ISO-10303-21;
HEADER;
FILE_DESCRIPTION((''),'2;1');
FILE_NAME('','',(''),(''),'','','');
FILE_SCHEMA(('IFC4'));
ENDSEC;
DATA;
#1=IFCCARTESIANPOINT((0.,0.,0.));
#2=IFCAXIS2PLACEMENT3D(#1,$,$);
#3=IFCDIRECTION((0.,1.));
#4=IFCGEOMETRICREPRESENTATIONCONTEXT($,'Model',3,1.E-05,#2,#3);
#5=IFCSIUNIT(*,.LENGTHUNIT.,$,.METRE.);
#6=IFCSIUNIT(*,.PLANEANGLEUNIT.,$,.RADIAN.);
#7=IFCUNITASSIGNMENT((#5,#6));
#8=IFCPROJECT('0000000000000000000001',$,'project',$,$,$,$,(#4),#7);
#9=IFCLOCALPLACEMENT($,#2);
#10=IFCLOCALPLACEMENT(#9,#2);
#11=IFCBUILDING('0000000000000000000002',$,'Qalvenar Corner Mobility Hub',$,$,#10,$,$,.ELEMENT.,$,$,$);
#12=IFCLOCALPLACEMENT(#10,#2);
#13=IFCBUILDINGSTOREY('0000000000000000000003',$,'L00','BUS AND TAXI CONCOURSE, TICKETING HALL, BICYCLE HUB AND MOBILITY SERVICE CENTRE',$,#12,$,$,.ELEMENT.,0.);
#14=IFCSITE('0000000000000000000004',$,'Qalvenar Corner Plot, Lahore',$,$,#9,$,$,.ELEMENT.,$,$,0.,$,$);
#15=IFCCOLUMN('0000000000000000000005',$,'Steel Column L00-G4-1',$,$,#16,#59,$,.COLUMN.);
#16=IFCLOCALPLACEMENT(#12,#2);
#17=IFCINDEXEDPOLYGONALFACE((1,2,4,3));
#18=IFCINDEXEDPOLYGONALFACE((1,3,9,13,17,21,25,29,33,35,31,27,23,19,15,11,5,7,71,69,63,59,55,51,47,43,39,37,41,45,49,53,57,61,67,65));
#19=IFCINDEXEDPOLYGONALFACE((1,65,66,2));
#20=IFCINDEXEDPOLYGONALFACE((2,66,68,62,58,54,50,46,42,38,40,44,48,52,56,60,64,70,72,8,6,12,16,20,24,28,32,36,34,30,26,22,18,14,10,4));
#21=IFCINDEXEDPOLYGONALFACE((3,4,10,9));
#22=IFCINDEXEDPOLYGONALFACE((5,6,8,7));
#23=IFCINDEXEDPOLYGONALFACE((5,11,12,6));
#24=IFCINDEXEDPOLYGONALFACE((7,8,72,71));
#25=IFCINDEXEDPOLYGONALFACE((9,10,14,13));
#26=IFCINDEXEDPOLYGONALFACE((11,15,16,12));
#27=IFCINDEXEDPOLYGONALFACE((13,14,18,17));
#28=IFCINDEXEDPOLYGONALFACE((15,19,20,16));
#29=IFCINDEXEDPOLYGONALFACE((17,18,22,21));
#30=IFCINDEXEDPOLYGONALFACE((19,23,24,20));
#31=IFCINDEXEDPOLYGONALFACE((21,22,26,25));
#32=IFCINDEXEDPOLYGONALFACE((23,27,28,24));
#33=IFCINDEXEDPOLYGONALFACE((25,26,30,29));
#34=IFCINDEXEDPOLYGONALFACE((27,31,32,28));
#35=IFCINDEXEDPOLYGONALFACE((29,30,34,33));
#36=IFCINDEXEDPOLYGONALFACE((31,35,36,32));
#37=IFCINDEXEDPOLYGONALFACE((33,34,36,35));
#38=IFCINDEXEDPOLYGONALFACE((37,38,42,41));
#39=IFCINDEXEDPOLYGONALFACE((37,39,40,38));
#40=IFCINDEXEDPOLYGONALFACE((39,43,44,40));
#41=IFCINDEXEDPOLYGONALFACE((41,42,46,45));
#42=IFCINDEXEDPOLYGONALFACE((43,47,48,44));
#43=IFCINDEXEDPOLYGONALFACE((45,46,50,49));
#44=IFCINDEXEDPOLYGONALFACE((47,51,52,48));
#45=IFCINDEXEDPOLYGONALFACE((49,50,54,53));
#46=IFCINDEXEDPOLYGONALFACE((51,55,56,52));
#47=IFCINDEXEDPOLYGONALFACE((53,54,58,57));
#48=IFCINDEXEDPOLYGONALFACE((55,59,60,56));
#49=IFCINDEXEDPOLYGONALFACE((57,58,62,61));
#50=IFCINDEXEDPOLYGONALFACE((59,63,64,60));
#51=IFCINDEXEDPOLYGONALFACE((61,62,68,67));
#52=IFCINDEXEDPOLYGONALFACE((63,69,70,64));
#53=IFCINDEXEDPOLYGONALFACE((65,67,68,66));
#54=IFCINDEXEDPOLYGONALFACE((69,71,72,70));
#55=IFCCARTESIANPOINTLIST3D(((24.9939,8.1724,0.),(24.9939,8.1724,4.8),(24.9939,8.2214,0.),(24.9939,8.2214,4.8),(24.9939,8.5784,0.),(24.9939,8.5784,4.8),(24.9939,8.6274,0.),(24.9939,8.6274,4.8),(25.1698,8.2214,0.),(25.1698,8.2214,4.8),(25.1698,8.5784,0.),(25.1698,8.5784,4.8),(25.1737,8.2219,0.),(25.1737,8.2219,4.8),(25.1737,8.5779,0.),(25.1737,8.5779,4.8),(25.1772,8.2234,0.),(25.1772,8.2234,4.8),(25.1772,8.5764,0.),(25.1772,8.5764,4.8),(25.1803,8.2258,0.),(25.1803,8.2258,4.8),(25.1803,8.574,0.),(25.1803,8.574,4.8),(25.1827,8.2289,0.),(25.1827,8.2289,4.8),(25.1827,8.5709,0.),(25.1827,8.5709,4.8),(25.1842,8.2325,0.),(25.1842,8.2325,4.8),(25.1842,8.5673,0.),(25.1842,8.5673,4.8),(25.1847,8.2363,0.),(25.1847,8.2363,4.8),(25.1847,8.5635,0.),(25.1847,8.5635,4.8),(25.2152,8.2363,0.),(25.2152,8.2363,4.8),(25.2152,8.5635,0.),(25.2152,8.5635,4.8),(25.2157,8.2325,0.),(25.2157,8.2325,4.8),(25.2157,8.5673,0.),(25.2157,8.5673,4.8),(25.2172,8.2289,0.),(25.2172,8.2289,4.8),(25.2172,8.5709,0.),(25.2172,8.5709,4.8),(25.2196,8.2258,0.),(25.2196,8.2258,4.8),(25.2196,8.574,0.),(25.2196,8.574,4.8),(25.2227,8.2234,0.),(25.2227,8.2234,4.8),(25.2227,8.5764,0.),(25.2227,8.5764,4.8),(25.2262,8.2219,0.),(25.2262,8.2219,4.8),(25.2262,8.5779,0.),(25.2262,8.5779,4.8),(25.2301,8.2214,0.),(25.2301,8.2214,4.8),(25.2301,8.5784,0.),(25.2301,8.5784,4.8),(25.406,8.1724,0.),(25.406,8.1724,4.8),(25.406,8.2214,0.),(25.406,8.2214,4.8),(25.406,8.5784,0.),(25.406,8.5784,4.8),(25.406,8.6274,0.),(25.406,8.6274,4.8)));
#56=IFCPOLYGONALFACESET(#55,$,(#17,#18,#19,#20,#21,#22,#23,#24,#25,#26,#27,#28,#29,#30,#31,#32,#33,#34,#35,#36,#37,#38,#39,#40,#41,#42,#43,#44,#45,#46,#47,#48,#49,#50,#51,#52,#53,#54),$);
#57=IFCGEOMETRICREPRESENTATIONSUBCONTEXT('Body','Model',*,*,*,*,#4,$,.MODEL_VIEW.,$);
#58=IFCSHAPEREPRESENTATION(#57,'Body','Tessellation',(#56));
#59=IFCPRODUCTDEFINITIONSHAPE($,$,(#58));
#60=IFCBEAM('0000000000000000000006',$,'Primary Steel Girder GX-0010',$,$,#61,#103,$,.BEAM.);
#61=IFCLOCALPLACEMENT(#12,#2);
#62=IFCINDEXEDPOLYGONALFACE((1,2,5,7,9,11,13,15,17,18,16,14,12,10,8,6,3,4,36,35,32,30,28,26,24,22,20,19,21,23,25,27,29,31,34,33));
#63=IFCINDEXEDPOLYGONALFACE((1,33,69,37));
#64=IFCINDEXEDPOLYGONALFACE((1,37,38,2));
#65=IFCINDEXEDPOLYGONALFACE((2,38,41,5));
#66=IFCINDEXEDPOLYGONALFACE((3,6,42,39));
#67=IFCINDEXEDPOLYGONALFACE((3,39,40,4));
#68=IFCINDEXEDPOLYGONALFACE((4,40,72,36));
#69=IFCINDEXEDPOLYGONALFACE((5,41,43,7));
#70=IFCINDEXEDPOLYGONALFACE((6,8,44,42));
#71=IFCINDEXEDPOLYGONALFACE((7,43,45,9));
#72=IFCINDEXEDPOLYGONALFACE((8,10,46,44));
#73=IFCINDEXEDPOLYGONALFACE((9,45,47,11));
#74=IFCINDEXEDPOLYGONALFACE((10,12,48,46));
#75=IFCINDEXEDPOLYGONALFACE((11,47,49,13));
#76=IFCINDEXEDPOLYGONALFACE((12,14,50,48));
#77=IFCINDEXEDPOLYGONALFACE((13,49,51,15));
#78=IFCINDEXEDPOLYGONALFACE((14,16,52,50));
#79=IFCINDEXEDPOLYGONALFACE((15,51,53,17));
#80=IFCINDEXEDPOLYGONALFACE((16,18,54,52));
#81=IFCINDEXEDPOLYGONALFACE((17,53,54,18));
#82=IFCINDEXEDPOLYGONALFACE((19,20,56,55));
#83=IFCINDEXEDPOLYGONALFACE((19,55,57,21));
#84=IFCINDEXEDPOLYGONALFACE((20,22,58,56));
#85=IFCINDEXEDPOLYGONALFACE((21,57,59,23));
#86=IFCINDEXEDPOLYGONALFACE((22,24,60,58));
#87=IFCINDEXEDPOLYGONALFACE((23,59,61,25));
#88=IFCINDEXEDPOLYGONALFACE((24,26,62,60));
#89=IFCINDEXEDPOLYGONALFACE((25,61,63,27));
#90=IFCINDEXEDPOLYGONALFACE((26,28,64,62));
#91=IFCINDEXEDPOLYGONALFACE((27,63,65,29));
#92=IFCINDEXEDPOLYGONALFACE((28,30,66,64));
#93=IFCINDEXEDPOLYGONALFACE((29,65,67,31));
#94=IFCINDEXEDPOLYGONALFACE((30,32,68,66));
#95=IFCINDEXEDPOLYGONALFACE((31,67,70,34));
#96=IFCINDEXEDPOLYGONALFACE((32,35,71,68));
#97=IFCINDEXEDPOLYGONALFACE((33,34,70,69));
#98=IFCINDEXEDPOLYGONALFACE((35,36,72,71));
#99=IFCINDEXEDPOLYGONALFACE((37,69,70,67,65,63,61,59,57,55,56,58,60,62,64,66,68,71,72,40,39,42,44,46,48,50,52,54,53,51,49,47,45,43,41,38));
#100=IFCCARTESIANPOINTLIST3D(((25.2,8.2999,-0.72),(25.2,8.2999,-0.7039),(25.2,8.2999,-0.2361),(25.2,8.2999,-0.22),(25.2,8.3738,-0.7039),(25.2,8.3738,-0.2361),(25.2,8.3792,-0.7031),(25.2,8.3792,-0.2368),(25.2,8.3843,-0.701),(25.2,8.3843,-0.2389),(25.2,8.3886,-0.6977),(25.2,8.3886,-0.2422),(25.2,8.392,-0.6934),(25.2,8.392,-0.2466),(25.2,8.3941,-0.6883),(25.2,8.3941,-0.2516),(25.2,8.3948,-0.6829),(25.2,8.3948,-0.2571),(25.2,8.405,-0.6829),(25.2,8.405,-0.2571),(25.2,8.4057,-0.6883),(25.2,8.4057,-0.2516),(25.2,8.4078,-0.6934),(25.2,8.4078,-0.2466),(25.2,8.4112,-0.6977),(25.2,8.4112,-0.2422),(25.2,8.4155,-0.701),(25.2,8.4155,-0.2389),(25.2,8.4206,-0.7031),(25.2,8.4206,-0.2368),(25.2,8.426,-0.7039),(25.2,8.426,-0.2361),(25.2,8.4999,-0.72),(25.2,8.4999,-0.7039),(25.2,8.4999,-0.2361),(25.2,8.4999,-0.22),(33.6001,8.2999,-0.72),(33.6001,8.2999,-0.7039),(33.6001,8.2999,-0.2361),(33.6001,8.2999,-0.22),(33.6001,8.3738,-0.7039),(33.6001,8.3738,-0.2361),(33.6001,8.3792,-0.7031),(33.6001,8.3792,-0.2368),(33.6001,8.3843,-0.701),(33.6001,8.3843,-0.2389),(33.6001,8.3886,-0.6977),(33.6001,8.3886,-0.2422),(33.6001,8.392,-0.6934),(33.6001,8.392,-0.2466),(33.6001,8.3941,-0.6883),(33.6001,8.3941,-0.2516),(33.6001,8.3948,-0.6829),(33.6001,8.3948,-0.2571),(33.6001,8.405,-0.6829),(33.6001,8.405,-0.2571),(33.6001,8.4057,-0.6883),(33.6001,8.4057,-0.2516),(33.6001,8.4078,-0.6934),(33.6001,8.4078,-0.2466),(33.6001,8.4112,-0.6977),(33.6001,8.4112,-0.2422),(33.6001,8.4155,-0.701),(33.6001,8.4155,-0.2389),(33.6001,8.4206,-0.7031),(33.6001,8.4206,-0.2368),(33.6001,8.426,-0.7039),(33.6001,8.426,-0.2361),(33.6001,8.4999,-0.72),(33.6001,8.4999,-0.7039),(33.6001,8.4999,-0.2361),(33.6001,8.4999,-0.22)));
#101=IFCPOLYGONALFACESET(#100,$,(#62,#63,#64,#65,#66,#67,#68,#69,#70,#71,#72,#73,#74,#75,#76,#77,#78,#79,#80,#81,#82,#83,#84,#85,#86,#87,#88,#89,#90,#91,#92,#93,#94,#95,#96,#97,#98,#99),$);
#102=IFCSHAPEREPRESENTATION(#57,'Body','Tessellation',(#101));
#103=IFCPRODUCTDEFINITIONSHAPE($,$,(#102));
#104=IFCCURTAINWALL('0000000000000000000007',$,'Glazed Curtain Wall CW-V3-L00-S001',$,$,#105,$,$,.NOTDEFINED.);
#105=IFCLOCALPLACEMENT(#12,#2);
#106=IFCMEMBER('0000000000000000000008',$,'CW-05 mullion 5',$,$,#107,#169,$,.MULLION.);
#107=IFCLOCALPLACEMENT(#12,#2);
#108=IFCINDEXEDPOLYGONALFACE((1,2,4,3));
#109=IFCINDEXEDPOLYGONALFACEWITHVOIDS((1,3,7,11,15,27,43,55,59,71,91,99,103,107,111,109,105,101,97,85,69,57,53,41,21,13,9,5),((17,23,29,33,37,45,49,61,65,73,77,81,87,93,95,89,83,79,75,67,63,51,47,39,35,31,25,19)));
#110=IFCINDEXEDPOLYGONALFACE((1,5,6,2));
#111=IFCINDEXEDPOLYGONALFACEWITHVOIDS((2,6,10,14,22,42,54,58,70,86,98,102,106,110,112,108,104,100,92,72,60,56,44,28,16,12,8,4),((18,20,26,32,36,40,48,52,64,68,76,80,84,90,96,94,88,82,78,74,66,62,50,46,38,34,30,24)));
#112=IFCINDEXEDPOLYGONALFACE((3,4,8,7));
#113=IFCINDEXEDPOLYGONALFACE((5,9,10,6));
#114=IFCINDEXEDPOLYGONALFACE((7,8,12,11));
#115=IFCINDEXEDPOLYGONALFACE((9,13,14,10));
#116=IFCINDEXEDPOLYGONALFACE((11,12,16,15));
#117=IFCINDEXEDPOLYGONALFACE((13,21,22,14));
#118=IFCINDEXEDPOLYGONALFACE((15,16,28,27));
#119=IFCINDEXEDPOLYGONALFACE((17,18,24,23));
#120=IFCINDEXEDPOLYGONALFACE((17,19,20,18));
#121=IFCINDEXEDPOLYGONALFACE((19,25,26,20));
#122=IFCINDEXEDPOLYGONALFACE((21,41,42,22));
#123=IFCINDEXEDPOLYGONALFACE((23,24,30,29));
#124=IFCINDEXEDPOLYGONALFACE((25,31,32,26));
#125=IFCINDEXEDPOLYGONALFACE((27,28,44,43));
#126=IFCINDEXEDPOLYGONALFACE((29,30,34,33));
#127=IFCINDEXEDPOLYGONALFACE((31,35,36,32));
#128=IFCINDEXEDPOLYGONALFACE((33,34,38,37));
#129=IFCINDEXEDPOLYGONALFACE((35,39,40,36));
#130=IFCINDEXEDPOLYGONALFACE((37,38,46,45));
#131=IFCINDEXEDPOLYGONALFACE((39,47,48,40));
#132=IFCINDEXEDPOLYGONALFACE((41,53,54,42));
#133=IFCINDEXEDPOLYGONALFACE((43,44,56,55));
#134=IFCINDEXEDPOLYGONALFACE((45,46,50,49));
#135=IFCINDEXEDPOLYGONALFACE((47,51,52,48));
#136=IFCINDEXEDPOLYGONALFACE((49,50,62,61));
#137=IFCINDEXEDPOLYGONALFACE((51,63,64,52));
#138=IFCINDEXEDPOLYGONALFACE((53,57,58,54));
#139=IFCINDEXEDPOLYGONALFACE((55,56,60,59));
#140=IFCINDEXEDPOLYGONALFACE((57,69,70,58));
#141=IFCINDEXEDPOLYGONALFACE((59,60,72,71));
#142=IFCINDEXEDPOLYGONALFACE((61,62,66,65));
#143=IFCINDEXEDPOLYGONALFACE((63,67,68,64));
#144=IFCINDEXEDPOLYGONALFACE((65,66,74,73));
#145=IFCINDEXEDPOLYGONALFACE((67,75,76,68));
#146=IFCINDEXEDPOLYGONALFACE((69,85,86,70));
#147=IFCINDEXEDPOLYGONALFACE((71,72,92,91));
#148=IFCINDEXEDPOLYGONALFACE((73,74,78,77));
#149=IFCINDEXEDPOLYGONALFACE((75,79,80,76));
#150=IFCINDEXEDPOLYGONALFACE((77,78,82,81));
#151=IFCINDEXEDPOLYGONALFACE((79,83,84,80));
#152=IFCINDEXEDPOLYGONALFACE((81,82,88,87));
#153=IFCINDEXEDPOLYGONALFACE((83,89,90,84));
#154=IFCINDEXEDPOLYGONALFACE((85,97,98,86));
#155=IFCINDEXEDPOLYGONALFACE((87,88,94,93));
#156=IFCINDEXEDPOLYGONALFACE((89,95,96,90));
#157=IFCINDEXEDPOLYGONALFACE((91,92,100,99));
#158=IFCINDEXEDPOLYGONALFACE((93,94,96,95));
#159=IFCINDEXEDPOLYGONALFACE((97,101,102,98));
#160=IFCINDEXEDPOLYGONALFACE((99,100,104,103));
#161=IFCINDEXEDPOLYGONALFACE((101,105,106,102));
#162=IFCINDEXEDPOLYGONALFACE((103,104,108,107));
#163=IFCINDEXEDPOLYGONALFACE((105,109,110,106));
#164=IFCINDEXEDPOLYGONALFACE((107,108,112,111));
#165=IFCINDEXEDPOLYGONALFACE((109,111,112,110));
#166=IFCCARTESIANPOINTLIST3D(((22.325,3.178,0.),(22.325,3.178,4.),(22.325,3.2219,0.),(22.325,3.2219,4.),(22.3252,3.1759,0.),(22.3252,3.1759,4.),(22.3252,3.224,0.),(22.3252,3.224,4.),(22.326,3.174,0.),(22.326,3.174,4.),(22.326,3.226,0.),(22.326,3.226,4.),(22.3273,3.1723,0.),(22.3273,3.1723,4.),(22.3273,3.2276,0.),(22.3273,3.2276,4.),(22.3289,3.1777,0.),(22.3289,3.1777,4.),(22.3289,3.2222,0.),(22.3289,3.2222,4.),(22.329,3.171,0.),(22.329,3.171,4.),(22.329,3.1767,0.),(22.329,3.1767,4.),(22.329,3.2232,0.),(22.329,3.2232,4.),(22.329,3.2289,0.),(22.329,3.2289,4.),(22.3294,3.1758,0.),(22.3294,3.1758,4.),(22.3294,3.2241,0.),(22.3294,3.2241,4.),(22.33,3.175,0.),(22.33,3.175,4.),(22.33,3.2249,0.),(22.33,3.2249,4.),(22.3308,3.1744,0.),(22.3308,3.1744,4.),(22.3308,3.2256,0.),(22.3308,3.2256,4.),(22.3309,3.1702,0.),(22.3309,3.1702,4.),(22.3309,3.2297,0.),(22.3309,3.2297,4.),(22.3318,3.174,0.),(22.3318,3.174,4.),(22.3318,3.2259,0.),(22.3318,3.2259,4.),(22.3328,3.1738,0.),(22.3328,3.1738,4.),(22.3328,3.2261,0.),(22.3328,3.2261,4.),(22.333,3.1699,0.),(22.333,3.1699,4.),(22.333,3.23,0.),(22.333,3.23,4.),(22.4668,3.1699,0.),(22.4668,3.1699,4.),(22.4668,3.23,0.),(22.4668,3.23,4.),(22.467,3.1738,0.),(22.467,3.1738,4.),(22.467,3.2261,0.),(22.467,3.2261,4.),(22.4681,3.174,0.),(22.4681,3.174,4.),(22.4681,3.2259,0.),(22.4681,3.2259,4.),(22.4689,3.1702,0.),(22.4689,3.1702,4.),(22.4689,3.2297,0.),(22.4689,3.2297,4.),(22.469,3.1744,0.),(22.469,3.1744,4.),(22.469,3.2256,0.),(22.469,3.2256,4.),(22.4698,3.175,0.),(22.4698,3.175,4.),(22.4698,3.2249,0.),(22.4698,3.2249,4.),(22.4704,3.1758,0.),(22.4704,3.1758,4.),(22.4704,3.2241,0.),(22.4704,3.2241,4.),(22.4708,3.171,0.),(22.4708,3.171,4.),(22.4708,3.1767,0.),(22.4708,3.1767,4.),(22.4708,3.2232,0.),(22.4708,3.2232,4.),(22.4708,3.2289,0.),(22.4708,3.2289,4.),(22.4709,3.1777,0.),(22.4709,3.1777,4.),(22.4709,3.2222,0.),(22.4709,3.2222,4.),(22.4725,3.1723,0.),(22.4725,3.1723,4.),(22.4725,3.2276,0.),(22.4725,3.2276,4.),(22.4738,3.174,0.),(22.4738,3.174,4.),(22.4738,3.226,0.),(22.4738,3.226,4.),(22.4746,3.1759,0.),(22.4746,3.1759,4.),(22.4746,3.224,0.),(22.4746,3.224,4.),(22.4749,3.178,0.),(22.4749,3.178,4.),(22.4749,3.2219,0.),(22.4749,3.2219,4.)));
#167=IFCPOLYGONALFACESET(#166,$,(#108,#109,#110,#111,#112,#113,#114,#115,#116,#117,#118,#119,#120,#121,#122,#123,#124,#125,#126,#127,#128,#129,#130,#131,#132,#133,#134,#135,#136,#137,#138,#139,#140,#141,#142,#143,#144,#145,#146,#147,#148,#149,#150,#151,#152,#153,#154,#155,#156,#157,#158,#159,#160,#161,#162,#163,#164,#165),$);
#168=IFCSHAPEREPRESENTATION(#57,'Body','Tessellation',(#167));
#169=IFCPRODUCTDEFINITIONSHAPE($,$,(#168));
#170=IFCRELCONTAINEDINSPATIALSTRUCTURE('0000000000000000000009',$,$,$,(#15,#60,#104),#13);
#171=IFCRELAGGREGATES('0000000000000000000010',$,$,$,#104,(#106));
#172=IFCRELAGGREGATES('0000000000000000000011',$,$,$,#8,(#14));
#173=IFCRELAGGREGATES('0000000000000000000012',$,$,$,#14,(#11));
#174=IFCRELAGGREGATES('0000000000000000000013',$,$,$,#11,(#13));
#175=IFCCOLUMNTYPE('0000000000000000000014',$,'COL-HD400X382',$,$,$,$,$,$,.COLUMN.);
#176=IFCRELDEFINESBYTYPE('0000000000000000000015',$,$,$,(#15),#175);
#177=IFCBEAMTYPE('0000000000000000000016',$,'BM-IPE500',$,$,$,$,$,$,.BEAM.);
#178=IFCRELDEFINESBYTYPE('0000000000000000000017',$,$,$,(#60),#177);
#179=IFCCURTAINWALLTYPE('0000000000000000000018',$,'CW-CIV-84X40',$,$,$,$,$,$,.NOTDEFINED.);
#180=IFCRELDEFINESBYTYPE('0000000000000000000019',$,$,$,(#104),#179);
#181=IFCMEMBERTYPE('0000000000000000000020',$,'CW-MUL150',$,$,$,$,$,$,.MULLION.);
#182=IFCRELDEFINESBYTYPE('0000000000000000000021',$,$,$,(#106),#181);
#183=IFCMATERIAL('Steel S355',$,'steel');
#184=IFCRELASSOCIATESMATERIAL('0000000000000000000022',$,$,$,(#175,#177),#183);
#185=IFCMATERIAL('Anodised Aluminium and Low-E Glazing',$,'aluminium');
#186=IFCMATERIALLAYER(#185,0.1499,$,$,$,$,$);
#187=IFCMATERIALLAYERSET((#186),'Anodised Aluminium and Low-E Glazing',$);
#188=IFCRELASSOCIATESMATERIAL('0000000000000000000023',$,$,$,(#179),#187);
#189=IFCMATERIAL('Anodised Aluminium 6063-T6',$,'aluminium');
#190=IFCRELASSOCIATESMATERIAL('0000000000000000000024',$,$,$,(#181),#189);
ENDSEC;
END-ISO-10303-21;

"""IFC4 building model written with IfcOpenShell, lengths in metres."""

from ifc_helpers import new_model, si_unit, direction, frame, origin, origin_2d, place, context, subcontext, project, spatial, hollow_rectangle, i_section, extrude, material, layer, layer_set, material_profile, profile_set, type_object, element, aggregate, save


model = new_model("IFC4")

# Units and contexts
model_context = context("Model", 3, precision=1e-05, world=origin(), true_north=direction((0.0, 1.0)))
body_context = subcontext(model_context, "Body", "Model", "MODEL_VIEW")
ifc_project = project(units=[si_unit("LENGTHUNIT", "METRE"), si_unit("PLANEANGLEUNIT", "RADIAN")], contexts=[model_context])

# Site, building, storey
site_placement = place(None, origin())
site = spatial("IfcSite", under=ifc_project, at=site_placement, Name="Qalvenar Corner Plot, Lahore", CompositionType="ELEMENT", RefElevation=0.0)
building_placement = place(site_placement, origin())
building = spatial("IfcBuilding", under=site, at=building_placement, Name="Qalvenar Corner Mobility Hub", CompositionType="ELEMENT")
storey_placement = place(building_placement, origin())
storey = spatial("IfcBuildingStorey", under=building, at=storey_placement, Name="L00", Description="BUS AND TAXI CONCOURSE, TICKETING HALL, BICYCLE HUB AND MOBILITY SERVICE CENTRE", CompositionType="ELEMENT", Elevation=0.0)

# Column
ifc_material_1 = material(Name="Steel S355", Category="steel")
ifc_material_profile_1 = material_profile(ifc_material_1, i_section(OverallWidth=0.4121, OverallDepth=0.4551, WebThickness=0.0305, FlangeThickness=0.0491, FilletRadius=0.0149, at=origin_2d()), Name="HD400x421")
ifc_profile_set_1 = profile_set([ifc_material_profile_1], Name="Steel S355")
column_type = type_object("IfcColumnType", Name="COL-HD400X382", PredefinedType="COLUMN", material=ifc_profile_set_1)
column_placement = place(storey_placement, frame((25.2, 8.3999, 0.0), z_axis=(0.0, 0.0, 1.0), x_axis=(1.0, 0.0, 0.0)))
element("IfcColumn", 1, at=column_placement, inside=storey, type_object=column_type, Name="Steel Column L00-G4-1", PredefinedType="COLUMN", context=body_context, shape_type="SweptSolid", body=[
    extrude(i_section(OverallWidth=0.4121, OverallDepth=0.4551, WebThickness=0.0305, FlangeThickness=0.0491, FilletRadius=0.0149, at=origin_2d()), origin(), (0.0, 0.0, 1.0), 4.8),
])

# Beam
ifc_material_profile_2 = material_profile(ifc_material_1, i_section(OverallWidth=0.2, OverallDepth=0.5, WebThickness=0.0103, FlangeThickness=0.0161, FilletRadius=0.021, at=origin_2d()), Name="IPE500")
ifc_profile_set_2 = profile_set([ifc_material_profile_2], Name="Steel S355")
beam_type = type_object("IfcBeamType", Name="BM-IPE500", PredefinedType="BEAM", material=ifc_profile_set_2)
beam_placement = place(storey_placement, frame((25.2, 8.3999, -0.47), z_axis=(1.0, 0.0, 0.0), x_axis=(0.0, 1.0, 0.0)))
element("IfcBeam", 2, at=beam_placement, inside=storey, type_object=beam_type, Name="Primary Steel Girder GX-0010", PredefinedType="BEAM", context=body_context, shape_type="SweptSolid", body=[
    extrude(i_section(OverallWidth=0.2, OverallDepth=0.5, WebThickness=0.0103, FlangeThickness=0.0161, FilletRadius=0.021, at=origin_2d()), origin(), (0.0, 0.0, 1.0), 8.4001),
])

# Curtain wall, member
ifc_material_2 = material(Name="Anodised Aluminium and Low-E Glazing", Category="aluminium")
ifc_layer_1 = layer(ifc_material_2, 0.1499)
ifc_layer_set_1 = layer_set([ifc_layer_1], Name="Anodised Aluminium and Low-E Glazing")
curtain_wall_type = type_object("IfcCurtainWallType", Name="CW-CIV-84X40", PredefinedType="NOTDEFINED", material=ifc_layer_set_1)
curtain_wall_placement = place(storey_placement, origin())
curtain_wall = element("IfcCurtainWall", 3, at=curtain_wall_placement, inside=storey, type_object=curtain_wall_type, Name="Glazed Curtain Wall CW-V3-L00-S001", PredefinedType="NOTDEFINED")
ifc_material_3 = material(Name="Anodised Aluminium 6063-T6", Category="aluminium")
ifc_material_profile_3 = material_profile(ifc_material_3, hollow_rectangle(XDim=0.0601, YDim=0.1499, WallThickness=0.0039, InnerFilletRadius=0.0039, OuterFilletRadius=0.0081, at=origin_2d()), Name="RHS150x60x4")
ifc_profile_set_3 = profile_set([ifc_material_profile_3], Name="Anodised Aluminium 6063-T6")
member_type_1 = type_object("IfcMemberType", Name="CW-MUL150", PredefinedType="MULLION", material=ifc_profile_set_3)
member_1_placement = place(storey_placement, frame((22.3999, 3.2, 0.0), z_axis=(0.0, 0.0, 1.0), x_axis=(0.0, 1.0, 0.0)))
member_1 = element("IfcMember", 4, at=member_1_placement, type_object=member_type_1, Name="CW-05 mullion 5", PredefinedType="MULLION", context=body_context, shape_type="SweptSolid", body=[
    extrude(hollow_rectangle(XDim=0.0601, YDim=0.1499, WallThickness=0.0039, InnerFilletRadius=0.0039, OuterFilletRadius=0.0081, at=origin_2d()), origin(), (0.0, 0.0, 1.0), 4.0),
])
aggregate(curtain_wall, [member_1])

save(model, "model.ifc")
